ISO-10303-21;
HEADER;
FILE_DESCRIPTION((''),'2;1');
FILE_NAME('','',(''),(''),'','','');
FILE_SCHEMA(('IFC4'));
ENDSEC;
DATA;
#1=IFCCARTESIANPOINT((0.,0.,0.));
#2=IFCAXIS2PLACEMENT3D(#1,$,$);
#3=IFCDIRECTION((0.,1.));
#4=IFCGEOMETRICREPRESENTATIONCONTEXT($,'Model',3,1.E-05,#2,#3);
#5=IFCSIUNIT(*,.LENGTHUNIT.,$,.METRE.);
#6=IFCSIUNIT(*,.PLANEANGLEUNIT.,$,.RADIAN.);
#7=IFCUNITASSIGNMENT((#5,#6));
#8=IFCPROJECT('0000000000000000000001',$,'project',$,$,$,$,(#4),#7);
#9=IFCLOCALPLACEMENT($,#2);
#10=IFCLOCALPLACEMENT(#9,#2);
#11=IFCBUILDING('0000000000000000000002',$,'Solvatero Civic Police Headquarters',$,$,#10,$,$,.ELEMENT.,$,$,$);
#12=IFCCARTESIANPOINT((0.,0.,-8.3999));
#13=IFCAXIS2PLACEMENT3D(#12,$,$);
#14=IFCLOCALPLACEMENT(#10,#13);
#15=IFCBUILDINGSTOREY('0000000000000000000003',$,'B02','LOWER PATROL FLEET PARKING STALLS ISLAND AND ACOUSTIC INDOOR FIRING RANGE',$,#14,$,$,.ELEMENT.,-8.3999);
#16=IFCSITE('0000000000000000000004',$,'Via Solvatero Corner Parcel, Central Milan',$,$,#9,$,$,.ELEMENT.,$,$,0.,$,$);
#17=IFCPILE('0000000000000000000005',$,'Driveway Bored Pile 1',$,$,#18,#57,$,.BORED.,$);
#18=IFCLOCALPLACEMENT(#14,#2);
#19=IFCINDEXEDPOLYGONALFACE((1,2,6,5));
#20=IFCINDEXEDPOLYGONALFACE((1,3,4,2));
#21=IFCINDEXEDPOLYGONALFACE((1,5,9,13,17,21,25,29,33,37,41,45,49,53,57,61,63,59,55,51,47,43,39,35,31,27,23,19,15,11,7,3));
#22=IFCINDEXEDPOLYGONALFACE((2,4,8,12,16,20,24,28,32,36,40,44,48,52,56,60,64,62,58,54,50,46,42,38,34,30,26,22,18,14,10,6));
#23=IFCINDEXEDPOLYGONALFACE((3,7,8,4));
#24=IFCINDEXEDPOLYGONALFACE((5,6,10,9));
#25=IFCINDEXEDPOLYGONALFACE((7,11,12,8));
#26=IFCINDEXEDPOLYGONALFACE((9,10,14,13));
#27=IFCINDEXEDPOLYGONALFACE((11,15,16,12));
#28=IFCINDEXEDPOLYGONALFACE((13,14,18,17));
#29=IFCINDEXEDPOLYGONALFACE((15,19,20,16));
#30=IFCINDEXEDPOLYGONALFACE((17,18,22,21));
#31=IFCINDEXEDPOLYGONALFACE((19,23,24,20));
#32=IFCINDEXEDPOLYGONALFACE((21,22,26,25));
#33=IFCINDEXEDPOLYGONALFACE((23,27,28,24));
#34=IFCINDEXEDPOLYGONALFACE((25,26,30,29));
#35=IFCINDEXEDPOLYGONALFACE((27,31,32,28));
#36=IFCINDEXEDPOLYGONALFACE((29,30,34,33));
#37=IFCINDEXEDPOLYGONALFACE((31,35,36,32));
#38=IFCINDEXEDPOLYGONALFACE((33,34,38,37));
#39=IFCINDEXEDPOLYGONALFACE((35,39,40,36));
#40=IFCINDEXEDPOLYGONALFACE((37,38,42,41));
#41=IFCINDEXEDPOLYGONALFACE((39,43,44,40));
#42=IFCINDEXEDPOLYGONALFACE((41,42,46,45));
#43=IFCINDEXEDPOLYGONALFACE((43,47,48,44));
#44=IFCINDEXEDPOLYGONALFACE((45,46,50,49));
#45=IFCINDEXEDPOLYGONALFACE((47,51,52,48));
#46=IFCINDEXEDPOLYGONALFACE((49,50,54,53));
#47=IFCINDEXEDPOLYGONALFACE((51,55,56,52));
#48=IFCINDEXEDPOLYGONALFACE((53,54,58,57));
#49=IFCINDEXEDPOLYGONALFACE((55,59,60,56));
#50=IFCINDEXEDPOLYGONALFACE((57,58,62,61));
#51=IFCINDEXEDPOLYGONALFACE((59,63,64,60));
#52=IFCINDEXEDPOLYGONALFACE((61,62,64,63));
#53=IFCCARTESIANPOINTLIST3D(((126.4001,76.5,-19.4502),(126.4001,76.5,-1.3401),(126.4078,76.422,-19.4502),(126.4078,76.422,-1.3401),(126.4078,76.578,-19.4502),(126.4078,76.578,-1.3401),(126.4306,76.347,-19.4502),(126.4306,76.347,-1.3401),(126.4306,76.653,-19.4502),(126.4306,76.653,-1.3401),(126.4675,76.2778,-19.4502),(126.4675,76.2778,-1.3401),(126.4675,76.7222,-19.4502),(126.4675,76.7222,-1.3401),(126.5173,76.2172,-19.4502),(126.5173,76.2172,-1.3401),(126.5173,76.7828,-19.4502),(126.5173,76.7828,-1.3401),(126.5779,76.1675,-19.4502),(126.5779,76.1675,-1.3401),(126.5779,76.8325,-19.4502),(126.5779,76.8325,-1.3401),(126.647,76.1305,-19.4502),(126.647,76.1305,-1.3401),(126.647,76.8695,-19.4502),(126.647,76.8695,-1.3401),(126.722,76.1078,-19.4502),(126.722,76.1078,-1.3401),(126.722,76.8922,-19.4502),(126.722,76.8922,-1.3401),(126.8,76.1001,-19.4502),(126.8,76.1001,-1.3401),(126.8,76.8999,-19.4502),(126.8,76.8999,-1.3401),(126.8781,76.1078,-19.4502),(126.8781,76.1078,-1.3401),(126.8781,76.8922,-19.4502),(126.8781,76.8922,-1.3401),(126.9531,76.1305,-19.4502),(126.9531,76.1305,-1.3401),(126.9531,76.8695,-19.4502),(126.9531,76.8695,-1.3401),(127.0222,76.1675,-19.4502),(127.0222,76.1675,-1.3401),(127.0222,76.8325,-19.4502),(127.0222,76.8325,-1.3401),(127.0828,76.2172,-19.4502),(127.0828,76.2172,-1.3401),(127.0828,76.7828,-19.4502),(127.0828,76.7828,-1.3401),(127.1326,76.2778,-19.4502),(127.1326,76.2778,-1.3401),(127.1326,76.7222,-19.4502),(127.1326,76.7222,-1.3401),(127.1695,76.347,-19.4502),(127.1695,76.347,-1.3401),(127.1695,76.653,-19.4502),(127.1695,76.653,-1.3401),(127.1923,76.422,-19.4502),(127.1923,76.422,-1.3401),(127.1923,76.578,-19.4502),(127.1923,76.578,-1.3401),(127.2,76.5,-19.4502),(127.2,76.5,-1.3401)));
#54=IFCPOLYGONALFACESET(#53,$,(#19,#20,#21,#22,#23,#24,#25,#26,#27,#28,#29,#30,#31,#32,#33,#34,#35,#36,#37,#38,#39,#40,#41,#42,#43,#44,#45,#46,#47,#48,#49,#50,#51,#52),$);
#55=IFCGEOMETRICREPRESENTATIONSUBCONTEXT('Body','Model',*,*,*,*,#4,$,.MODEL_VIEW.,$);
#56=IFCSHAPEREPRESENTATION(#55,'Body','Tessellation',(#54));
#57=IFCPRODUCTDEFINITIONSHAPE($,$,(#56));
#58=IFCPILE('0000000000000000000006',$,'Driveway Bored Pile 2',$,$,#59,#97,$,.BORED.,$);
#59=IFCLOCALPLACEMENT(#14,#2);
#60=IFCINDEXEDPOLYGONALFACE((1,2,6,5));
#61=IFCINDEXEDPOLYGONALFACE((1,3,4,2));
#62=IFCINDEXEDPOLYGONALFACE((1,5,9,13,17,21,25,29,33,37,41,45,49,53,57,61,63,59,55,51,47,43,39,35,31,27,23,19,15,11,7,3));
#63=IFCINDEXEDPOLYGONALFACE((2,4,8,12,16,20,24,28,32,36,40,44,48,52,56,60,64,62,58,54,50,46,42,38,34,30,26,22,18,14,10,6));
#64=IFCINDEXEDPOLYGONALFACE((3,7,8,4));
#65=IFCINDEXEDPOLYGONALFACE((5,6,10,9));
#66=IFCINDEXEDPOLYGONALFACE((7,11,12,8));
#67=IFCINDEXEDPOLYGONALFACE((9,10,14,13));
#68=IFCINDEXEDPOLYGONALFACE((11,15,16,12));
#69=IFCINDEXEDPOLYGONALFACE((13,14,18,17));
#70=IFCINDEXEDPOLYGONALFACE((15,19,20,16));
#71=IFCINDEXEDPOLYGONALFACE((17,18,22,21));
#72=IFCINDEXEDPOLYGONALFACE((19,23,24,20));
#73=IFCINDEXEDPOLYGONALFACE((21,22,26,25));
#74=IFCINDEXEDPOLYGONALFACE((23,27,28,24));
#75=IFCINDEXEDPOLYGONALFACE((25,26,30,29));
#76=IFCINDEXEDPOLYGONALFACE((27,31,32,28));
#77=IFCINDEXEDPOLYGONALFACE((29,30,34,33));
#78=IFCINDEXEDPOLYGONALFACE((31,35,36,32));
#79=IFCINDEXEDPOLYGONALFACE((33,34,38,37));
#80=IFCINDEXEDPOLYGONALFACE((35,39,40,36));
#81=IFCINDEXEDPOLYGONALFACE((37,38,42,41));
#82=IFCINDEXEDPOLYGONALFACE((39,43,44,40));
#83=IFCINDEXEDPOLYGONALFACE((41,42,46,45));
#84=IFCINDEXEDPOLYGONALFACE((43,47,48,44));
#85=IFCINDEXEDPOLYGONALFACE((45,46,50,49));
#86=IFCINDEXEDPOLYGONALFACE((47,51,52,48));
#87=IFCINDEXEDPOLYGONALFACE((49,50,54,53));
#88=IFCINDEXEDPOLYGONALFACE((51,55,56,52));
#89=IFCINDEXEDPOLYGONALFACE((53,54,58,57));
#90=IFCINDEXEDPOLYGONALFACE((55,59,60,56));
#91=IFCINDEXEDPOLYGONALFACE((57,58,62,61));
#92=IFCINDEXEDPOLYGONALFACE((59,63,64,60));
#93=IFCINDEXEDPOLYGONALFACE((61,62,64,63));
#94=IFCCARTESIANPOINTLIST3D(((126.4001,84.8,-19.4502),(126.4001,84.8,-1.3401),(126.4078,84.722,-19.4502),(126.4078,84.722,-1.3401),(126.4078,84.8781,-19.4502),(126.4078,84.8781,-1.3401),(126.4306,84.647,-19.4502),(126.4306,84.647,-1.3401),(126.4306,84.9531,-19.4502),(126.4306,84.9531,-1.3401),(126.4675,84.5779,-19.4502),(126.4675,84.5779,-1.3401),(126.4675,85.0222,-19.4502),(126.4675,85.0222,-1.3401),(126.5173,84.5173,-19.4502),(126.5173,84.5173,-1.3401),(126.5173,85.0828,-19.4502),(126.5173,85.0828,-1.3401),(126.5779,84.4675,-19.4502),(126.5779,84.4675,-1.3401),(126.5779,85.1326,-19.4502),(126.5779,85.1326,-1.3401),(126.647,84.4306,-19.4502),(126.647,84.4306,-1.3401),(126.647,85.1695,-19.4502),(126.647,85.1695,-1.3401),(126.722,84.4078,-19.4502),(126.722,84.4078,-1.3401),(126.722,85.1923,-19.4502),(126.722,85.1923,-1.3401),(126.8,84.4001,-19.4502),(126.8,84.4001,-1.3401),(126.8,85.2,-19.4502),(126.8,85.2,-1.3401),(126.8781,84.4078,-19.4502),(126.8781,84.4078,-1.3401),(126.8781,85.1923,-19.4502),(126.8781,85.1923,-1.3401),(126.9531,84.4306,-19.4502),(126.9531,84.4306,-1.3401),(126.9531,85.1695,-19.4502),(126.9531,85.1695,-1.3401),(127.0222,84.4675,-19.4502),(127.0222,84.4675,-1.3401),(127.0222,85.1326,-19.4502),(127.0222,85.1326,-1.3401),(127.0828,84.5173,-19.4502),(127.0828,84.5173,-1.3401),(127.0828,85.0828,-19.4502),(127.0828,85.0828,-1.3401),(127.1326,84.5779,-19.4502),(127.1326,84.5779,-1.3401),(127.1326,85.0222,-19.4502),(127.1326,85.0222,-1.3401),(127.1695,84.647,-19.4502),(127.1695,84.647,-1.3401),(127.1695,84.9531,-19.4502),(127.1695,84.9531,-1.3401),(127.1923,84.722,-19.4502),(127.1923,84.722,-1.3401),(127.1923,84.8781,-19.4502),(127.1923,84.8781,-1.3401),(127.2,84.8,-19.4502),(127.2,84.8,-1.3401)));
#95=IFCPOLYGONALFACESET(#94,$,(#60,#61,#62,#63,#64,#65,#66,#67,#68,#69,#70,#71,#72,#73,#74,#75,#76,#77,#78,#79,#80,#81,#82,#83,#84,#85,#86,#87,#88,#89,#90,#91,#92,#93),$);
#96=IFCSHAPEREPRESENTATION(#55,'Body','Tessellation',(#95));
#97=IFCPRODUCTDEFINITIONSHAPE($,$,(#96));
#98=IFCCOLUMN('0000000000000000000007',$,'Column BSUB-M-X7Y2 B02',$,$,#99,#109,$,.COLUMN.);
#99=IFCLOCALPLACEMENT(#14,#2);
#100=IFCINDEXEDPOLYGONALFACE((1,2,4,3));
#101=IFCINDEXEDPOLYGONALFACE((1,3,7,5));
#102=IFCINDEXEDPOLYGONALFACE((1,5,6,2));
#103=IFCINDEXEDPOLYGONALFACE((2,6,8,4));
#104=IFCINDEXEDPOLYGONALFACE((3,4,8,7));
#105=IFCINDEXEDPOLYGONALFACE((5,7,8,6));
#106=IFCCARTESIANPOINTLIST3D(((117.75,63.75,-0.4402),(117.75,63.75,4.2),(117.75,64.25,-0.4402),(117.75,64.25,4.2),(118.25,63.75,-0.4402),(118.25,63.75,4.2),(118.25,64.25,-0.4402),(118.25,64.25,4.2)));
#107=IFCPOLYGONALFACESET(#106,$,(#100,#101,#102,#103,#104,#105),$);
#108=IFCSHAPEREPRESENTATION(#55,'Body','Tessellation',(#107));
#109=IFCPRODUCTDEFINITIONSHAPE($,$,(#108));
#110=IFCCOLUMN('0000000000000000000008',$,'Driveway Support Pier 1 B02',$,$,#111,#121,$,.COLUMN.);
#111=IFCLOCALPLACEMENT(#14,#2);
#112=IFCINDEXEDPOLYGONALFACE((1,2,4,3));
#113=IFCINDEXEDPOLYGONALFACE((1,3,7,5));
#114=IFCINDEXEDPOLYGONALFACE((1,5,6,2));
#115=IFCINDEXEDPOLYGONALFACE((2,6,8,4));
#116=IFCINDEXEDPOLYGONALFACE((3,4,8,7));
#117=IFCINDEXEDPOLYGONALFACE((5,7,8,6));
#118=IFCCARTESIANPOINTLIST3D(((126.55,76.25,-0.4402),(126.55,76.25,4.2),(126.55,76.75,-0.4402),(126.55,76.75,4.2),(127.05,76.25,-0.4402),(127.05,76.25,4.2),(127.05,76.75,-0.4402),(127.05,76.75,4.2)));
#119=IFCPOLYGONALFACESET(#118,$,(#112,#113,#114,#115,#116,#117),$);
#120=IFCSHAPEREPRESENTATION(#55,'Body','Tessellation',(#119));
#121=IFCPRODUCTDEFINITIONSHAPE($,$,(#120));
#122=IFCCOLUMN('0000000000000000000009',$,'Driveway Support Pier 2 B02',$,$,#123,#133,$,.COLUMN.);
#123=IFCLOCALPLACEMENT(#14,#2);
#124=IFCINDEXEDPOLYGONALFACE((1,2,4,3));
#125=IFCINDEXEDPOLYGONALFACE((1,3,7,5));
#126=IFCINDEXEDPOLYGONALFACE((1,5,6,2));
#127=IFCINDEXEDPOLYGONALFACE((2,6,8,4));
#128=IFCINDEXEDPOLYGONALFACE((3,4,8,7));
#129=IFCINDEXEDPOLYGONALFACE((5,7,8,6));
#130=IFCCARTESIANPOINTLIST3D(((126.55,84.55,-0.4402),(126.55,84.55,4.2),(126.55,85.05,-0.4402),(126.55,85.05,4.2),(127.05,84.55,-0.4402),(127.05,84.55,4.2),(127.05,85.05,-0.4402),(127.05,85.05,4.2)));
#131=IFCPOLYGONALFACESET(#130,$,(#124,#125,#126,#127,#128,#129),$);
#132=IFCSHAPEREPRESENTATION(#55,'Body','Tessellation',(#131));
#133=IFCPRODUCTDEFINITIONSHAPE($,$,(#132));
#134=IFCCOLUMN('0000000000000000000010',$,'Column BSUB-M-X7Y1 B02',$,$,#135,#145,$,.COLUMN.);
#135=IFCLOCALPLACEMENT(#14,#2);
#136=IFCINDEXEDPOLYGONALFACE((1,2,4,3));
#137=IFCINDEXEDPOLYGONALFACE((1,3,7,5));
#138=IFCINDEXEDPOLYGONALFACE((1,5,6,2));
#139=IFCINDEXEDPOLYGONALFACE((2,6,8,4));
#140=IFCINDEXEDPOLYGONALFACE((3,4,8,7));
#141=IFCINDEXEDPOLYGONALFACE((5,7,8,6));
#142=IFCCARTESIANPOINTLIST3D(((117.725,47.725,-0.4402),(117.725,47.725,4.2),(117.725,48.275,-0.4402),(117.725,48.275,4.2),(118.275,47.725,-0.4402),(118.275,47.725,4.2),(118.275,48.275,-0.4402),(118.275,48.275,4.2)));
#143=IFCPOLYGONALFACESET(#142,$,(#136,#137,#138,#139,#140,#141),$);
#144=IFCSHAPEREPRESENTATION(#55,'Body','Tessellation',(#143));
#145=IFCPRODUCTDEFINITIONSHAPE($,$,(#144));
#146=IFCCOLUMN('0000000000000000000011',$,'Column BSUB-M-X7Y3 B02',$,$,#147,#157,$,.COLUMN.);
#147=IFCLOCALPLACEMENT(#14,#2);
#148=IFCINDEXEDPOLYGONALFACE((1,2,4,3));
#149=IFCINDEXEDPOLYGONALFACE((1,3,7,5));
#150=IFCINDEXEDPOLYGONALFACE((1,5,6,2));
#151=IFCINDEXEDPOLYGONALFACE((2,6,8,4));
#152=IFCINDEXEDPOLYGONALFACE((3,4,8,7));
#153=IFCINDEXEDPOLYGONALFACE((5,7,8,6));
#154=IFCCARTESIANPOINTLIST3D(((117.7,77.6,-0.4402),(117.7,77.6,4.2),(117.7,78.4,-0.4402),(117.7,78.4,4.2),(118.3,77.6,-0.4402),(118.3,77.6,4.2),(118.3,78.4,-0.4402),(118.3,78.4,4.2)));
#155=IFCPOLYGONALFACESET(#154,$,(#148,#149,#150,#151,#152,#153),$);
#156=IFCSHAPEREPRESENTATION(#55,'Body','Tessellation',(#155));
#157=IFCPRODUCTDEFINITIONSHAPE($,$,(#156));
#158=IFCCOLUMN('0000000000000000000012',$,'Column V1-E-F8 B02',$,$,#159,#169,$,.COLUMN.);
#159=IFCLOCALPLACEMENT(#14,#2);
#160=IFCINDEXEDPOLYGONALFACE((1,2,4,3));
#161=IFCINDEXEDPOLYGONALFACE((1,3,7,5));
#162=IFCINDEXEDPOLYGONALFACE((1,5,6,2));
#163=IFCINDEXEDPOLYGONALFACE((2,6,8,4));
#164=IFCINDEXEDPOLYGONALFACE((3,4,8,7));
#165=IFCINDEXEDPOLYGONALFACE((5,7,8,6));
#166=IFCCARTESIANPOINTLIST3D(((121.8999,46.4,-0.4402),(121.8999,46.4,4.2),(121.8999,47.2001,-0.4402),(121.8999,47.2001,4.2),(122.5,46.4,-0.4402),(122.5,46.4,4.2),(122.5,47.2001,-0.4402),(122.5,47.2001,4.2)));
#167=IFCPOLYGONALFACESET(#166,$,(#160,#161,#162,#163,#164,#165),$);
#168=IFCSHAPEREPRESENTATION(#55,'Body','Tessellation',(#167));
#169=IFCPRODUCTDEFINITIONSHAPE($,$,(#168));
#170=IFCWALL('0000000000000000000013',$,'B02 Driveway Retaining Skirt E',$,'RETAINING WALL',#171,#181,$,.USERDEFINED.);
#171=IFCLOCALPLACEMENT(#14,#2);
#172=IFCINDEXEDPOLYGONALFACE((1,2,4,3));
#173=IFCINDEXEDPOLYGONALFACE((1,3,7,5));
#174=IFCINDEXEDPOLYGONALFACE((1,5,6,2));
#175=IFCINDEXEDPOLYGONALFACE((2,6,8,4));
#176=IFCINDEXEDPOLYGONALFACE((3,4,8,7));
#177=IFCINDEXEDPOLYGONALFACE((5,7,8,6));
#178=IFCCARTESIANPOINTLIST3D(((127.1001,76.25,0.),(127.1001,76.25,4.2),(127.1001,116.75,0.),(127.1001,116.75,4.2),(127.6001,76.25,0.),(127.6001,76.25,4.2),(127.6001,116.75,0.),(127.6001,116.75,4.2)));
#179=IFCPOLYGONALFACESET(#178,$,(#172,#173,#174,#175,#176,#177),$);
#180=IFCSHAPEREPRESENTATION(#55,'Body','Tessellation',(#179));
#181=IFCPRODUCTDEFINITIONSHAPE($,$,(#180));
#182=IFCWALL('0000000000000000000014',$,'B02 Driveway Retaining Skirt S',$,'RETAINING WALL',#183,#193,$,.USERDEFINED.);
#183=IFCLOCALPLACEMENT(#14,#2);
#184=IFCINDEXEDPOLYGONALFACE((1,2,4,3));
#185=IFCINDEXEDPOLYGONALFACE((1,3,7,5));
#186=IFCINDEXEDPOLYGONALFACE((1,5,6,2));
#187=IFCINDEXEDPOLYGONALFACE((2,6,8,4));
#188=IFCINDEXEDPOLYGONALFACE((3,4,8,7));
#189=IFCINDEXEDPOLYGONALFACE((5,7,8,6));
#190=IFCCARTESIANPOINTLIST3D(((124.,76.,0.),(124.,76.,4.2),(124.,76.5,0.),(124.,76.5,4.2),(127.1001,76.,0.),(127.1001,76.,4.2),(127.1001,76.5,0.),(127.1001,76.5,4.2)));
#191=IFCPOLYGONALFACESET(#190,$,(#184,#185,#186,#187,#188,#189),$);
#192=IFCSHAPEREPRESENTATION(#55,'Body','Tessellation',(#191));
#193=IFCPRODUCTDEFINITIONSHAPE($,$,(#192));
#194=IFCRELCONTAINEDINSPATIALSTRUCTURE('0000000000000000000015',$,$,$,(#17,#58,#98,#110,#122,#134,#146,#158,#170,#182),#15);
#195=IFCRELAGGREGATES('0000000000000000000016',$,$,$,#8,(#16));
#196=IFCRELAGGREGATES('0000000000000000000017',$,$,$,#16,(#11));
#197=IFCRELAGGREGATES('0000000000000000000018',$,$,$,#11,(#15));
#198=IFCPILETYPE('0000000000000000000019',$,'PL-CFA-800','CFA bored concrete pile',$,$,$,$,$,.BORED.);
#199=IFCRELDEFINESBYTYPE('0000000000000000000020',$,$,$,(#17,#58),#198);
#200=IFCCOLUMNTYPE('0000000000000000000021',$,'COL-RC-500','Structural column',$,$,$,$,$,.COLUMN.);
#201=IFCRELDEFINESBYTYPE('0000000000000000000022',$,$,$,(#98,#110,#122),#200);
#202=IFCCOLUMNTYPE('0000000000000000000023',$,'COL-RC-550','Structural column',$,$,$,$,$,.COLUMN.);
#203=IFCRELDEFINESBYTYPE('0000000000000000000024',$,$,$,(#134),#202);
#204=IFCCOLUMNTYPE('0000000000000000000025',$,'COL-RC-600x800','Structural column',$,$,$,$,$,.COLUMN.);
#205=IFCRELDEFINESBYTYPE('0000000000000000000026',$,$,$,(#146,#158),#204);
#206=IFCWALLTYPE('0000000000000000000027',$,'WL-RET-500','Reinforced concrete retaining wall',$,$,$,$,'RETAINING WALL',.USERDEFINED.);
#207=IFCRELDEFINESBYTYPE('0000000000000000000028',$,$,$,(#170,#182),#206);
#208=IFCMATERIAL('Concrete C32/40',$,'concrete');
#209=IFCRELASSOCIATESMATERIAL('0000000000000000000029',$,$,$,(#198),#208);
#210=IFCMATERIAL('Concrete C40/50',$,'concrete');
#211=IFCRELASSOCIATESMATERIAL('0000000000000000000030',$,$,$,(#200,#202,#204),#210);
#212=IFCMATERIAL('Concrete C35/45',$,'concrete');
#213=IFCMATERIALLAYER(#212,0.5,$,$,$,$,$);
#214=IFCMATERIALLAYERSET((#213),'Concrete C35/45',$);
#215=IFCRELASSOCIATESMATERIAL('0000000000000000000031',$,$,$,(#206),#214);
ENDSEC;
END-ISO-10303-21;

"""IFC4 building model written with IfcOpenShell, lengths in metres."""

from ifc_helpers import new_model, si_unit, direction, frame, frame_2d, origin, origin_2d, place, context, subcontext, project, spatial, rectangle, circle, extrude, material, layer, layer_set, material_profile, profile_set, type_object, element, save


model = new_model("IFC4")

# Units and contexts
model_context = context("Model", 3, precision=1e-05, world=origin(), true_north=direction((0.0, 1.0)))
body_context = subcontext(model_context, "Body", "Model", "MODEL_VIEW")
ifc_project = project(units=[si_unit("LENGTHUNIT", "METRE"), si_unit("PLANEANGLEUNIT", "RADIAN")], contexts=[model_context])

# Site, building, storey
site_placement = place(None, origin())
site = spatial("IfcSite", under=ifc_project, at=site_placement, Name="Via Solvatero Corner Parcel, Central Milan", CompositionType="ELEMENT", RefElevation=0.0)
building_placement = place(site_placement, origin())
building = spatial("IfcBuilding", under=site, at=building_placement, Name="Solvatero Civic Police Headquarters", CompositionType="ELEMENT")
storey_placement = place(building_placement, frame((0.0, 0.0, -8.3999)))
storey = spatial("IfcBuildingStorey", under=building, at=storey_placement, Name="B02", Description="LOWER PATROL FLEET PARKING STALLS ISLAND AND ACOUSTIC INDOOR FIRING RANGE", CompositionType="ELEMENT", Elevation=-8.3999)

# Shared definitions
ifc_material_1 = material(Name="Concrete C35/45", Category="concrete")

# Piles
ifc_material_2 = material(Name="Concrete C32/40", Category="concrete")
ifc_material_profile_1 = material_profile(ifc_material_2, circle(Radius=0.3999, at=origin_2d()), Name="CFA PILE D800")
ifc_profile_set_1 = profile_set([ifc_material_profile_1], Name="Concrete C32/40")
pile_type = type_object("IfcPileType", Name="PL-CFA-800", Description="CFA bored concrete pile", PredefinedType="BORED", material=ifc_profile_set_1)
for number, where, z_axis, x_axis, name in (
    (1, (126.8, 76.5, -1.3401), (0.0, 0.0, -1.0), (1.0, 0.0, 0.0), "Driveway Bored Pile 1"),
    (2, (126.8, 84.8, -1.3401), (0.0, 0.0, -1.0), (1.0, 0.0, 0.0), "Driveway Bored Pile 2"),
):
    element("IfcPile", number, at=place(storey_placement, frame(where, z_axis=z_axis, x_axis=x_axis)), inside=storey, type_object=pile_type, Name=name, PredefinedType="BORED", context=body_context, shape_type="SweptSolid", body=[
        extrude(circle(Radius=0.3999, at=origin_2d()), origin(), (0.0, 0.0, 1.0), 18.1101),
    ])

# Columns
ifc_material_3 = material(Name="Concrete C40/50", Category="concrete")
ifc_material_profile_2 = material_profile(ifc_material_3, rectangle(XDim=0.5, YDim=0.5, at=origin_2d()), Name="RC 500x500")
ifc_profile_set_2 = profile_set([ifc_material_profile_2], Name="Concrete C40/50")
column_type_1 = type_object("IfcColumnType", Name="COL-RC-500", Description="Structural column", PredefinedType="COLUMN", material=ifc_profile_set_2)
for number, where, z_axis, x_axis, name in (
    (3, (118.0, 64.0, -0.4402), (0.0, 0.0, 1.0), (1.0, 0.0, 0.0), "Column BSUB-M-X7Y2 B02"),
    (4, (126.8, 76.5, -0.4402), (0.0, 0.0, 1.0), (1.0, 0.0, 0.0), "Driveway Support Pier 1 B02"),
    (5, (126.8, 84.8, -0.4402), (0.0, 0.0, 1.0), (1.0, 0.0, 0.0), "Driveway Support Pier 2 B02"),
):
    element("IfcColumn", number, at=place(storey_placement, frame(where, z_axis=z_axis, x_axis=x_axis)), inside=storey, type_object=column_type_1, Name=name, PredefinedType="COLUMN", context=body_context, shape_type="SweptSolid", body=[
        extrude(rectangle(XDim=0.5, YDim=0.5, at=origin_2d()), origin(), (0.0, 0.0, 1.0), 4.6401),
    ])
ifc_material_profile_3 = material_profile(ifc_material_3, rectangle(XDim=0.55, YDim=0.55, at=origin_2d()), Name="RC 550x550")
ifc_profile_set_3 = profile_set([ifc_material_profile_3], Name="Concrete C40/50")
column_type_2 = type_object("IfcColumnType", Name="COL-RC-550", Description="Structural column", PredefinedType="COLUMN", material=ifc_profile_set_3)
column_placement = place(storey_placement, frame((118.0, 48.0, -0.4402), z_axis=(0.0, 0.0, 1.0), x_axis=(1.0, 0.0, 0.0)))
element("IfcColumn", 6, at=column_placement, inside=storey, type_object=column_type_2, Name="Column BSUB-M-X7Y1 B02", PredefinedType="COLUMN", context=body_context, shape_type="SweptSolid", body=[
    extrude(rectangle(XDim=0.55, YDim=0.55, at=origin_2d()), origin(), (0.0, 0.0, 1.0), 4.6401),
])
ifc_material_profile_4 = material_profile(ifc_material_3, rectangle(XDim=0.6001, YDim=0.8, at=origin_2d()), Name="RC 600x800")
ifc_profile_set_4 = profile_set([ifc_material_profile_4], Name="Concrete C40/50")
column_type_3 = type_object("IfcColumnType", Name="COL-RC-600x800", Description="Structural column", PredefinedType="COLUMN", material=ifc_profile_set_4)
for number, where, z_axis, x_axis, name in (
    (7, (118.0, 78.0, -0.4402), (0.0, 0.0, 1.0), (1.0, 0.0, 0.0), "Column BSUB-M-X7Y3 B02"),
    (8, (122.2, 46.8, -0.4402), (0.0, 0.0, 1.0), (1.0, 0.0, 0.0), "Column V1-E-F8 B02"),
):
    element("IfcColumn", number, at=place(storey_placement, frame(where, z_axis=z_axis, x_axis=x_axis)), inside=storey, type_object=column_type_3, Name=name, PredefinedType="COLUMN", context=body_context, shape_type="SweptSolid", body=[
        extrude(rectangle(XDim=0.6001, YDim=0.8, at=origin_2d()), origin(), (0.0, 0.0, 1.0), 4.6401),
    ])

# Walls
ifc_layer_1 = layer(ifc_material_1, 0.5)
ifc_layer_set_1 = layer_set([ifc_layer_1], Name="Concrete C35/45")
wall_type_1 = type_object("IfcWallType", Name="WL-RET-500", Description="Reinforced concrete retaining wall", ElementType="RETAINING WALL", PredefinedType="USERDEFINED", material=ifc_layer_set_1)
wall_1_placement = place(storey_placement, frame((127.3501, 76.25, 0.0), z_axis=(0.0, 0.0, 1.0), x_axis=(0.0, 1.0, 0.0)))
element("IfcWall", 9, at=wall_1_placement, inside=storey, type_object=wall_type_1, Name="B02 Driveway Retaining Skirt E", ObjectType="RETAINING WALL", PredefinedType="USERDEFINED", context=body_context, shape_type="SweptSolid", body=[
    extrude(rectangle(XDim=40.5, YDim=0.5, at=frame_2d((20.25, 0.0))), origin(), (0.0, 0.0, 1.0), 4.2),
])
wall_2_placement = place(storey_placement, frame((124.0, 76.25, 0.0), z_axis=(0.0, 0.0, 1.0), x_axis=(1.0, 0.0, 0.0)))
element("IfcWall", 10, at=wall_2_placement, inside=storey, type_object=wall_type_1, Name="B02 Driveway Retaining Skirt S", ObjectType="RETAINING WALL", PredefinedType="USERDEFINED", context=body_context, shape_type="SweptSolid", body=[
    extrude(rectangle(XDim=3.1001, YDim=0.5, at=frame_2d((1.55, 0.0))), origin(), (0.0, 0.0, 1.0), 4.2),
])

save(model, "model.ifc")
